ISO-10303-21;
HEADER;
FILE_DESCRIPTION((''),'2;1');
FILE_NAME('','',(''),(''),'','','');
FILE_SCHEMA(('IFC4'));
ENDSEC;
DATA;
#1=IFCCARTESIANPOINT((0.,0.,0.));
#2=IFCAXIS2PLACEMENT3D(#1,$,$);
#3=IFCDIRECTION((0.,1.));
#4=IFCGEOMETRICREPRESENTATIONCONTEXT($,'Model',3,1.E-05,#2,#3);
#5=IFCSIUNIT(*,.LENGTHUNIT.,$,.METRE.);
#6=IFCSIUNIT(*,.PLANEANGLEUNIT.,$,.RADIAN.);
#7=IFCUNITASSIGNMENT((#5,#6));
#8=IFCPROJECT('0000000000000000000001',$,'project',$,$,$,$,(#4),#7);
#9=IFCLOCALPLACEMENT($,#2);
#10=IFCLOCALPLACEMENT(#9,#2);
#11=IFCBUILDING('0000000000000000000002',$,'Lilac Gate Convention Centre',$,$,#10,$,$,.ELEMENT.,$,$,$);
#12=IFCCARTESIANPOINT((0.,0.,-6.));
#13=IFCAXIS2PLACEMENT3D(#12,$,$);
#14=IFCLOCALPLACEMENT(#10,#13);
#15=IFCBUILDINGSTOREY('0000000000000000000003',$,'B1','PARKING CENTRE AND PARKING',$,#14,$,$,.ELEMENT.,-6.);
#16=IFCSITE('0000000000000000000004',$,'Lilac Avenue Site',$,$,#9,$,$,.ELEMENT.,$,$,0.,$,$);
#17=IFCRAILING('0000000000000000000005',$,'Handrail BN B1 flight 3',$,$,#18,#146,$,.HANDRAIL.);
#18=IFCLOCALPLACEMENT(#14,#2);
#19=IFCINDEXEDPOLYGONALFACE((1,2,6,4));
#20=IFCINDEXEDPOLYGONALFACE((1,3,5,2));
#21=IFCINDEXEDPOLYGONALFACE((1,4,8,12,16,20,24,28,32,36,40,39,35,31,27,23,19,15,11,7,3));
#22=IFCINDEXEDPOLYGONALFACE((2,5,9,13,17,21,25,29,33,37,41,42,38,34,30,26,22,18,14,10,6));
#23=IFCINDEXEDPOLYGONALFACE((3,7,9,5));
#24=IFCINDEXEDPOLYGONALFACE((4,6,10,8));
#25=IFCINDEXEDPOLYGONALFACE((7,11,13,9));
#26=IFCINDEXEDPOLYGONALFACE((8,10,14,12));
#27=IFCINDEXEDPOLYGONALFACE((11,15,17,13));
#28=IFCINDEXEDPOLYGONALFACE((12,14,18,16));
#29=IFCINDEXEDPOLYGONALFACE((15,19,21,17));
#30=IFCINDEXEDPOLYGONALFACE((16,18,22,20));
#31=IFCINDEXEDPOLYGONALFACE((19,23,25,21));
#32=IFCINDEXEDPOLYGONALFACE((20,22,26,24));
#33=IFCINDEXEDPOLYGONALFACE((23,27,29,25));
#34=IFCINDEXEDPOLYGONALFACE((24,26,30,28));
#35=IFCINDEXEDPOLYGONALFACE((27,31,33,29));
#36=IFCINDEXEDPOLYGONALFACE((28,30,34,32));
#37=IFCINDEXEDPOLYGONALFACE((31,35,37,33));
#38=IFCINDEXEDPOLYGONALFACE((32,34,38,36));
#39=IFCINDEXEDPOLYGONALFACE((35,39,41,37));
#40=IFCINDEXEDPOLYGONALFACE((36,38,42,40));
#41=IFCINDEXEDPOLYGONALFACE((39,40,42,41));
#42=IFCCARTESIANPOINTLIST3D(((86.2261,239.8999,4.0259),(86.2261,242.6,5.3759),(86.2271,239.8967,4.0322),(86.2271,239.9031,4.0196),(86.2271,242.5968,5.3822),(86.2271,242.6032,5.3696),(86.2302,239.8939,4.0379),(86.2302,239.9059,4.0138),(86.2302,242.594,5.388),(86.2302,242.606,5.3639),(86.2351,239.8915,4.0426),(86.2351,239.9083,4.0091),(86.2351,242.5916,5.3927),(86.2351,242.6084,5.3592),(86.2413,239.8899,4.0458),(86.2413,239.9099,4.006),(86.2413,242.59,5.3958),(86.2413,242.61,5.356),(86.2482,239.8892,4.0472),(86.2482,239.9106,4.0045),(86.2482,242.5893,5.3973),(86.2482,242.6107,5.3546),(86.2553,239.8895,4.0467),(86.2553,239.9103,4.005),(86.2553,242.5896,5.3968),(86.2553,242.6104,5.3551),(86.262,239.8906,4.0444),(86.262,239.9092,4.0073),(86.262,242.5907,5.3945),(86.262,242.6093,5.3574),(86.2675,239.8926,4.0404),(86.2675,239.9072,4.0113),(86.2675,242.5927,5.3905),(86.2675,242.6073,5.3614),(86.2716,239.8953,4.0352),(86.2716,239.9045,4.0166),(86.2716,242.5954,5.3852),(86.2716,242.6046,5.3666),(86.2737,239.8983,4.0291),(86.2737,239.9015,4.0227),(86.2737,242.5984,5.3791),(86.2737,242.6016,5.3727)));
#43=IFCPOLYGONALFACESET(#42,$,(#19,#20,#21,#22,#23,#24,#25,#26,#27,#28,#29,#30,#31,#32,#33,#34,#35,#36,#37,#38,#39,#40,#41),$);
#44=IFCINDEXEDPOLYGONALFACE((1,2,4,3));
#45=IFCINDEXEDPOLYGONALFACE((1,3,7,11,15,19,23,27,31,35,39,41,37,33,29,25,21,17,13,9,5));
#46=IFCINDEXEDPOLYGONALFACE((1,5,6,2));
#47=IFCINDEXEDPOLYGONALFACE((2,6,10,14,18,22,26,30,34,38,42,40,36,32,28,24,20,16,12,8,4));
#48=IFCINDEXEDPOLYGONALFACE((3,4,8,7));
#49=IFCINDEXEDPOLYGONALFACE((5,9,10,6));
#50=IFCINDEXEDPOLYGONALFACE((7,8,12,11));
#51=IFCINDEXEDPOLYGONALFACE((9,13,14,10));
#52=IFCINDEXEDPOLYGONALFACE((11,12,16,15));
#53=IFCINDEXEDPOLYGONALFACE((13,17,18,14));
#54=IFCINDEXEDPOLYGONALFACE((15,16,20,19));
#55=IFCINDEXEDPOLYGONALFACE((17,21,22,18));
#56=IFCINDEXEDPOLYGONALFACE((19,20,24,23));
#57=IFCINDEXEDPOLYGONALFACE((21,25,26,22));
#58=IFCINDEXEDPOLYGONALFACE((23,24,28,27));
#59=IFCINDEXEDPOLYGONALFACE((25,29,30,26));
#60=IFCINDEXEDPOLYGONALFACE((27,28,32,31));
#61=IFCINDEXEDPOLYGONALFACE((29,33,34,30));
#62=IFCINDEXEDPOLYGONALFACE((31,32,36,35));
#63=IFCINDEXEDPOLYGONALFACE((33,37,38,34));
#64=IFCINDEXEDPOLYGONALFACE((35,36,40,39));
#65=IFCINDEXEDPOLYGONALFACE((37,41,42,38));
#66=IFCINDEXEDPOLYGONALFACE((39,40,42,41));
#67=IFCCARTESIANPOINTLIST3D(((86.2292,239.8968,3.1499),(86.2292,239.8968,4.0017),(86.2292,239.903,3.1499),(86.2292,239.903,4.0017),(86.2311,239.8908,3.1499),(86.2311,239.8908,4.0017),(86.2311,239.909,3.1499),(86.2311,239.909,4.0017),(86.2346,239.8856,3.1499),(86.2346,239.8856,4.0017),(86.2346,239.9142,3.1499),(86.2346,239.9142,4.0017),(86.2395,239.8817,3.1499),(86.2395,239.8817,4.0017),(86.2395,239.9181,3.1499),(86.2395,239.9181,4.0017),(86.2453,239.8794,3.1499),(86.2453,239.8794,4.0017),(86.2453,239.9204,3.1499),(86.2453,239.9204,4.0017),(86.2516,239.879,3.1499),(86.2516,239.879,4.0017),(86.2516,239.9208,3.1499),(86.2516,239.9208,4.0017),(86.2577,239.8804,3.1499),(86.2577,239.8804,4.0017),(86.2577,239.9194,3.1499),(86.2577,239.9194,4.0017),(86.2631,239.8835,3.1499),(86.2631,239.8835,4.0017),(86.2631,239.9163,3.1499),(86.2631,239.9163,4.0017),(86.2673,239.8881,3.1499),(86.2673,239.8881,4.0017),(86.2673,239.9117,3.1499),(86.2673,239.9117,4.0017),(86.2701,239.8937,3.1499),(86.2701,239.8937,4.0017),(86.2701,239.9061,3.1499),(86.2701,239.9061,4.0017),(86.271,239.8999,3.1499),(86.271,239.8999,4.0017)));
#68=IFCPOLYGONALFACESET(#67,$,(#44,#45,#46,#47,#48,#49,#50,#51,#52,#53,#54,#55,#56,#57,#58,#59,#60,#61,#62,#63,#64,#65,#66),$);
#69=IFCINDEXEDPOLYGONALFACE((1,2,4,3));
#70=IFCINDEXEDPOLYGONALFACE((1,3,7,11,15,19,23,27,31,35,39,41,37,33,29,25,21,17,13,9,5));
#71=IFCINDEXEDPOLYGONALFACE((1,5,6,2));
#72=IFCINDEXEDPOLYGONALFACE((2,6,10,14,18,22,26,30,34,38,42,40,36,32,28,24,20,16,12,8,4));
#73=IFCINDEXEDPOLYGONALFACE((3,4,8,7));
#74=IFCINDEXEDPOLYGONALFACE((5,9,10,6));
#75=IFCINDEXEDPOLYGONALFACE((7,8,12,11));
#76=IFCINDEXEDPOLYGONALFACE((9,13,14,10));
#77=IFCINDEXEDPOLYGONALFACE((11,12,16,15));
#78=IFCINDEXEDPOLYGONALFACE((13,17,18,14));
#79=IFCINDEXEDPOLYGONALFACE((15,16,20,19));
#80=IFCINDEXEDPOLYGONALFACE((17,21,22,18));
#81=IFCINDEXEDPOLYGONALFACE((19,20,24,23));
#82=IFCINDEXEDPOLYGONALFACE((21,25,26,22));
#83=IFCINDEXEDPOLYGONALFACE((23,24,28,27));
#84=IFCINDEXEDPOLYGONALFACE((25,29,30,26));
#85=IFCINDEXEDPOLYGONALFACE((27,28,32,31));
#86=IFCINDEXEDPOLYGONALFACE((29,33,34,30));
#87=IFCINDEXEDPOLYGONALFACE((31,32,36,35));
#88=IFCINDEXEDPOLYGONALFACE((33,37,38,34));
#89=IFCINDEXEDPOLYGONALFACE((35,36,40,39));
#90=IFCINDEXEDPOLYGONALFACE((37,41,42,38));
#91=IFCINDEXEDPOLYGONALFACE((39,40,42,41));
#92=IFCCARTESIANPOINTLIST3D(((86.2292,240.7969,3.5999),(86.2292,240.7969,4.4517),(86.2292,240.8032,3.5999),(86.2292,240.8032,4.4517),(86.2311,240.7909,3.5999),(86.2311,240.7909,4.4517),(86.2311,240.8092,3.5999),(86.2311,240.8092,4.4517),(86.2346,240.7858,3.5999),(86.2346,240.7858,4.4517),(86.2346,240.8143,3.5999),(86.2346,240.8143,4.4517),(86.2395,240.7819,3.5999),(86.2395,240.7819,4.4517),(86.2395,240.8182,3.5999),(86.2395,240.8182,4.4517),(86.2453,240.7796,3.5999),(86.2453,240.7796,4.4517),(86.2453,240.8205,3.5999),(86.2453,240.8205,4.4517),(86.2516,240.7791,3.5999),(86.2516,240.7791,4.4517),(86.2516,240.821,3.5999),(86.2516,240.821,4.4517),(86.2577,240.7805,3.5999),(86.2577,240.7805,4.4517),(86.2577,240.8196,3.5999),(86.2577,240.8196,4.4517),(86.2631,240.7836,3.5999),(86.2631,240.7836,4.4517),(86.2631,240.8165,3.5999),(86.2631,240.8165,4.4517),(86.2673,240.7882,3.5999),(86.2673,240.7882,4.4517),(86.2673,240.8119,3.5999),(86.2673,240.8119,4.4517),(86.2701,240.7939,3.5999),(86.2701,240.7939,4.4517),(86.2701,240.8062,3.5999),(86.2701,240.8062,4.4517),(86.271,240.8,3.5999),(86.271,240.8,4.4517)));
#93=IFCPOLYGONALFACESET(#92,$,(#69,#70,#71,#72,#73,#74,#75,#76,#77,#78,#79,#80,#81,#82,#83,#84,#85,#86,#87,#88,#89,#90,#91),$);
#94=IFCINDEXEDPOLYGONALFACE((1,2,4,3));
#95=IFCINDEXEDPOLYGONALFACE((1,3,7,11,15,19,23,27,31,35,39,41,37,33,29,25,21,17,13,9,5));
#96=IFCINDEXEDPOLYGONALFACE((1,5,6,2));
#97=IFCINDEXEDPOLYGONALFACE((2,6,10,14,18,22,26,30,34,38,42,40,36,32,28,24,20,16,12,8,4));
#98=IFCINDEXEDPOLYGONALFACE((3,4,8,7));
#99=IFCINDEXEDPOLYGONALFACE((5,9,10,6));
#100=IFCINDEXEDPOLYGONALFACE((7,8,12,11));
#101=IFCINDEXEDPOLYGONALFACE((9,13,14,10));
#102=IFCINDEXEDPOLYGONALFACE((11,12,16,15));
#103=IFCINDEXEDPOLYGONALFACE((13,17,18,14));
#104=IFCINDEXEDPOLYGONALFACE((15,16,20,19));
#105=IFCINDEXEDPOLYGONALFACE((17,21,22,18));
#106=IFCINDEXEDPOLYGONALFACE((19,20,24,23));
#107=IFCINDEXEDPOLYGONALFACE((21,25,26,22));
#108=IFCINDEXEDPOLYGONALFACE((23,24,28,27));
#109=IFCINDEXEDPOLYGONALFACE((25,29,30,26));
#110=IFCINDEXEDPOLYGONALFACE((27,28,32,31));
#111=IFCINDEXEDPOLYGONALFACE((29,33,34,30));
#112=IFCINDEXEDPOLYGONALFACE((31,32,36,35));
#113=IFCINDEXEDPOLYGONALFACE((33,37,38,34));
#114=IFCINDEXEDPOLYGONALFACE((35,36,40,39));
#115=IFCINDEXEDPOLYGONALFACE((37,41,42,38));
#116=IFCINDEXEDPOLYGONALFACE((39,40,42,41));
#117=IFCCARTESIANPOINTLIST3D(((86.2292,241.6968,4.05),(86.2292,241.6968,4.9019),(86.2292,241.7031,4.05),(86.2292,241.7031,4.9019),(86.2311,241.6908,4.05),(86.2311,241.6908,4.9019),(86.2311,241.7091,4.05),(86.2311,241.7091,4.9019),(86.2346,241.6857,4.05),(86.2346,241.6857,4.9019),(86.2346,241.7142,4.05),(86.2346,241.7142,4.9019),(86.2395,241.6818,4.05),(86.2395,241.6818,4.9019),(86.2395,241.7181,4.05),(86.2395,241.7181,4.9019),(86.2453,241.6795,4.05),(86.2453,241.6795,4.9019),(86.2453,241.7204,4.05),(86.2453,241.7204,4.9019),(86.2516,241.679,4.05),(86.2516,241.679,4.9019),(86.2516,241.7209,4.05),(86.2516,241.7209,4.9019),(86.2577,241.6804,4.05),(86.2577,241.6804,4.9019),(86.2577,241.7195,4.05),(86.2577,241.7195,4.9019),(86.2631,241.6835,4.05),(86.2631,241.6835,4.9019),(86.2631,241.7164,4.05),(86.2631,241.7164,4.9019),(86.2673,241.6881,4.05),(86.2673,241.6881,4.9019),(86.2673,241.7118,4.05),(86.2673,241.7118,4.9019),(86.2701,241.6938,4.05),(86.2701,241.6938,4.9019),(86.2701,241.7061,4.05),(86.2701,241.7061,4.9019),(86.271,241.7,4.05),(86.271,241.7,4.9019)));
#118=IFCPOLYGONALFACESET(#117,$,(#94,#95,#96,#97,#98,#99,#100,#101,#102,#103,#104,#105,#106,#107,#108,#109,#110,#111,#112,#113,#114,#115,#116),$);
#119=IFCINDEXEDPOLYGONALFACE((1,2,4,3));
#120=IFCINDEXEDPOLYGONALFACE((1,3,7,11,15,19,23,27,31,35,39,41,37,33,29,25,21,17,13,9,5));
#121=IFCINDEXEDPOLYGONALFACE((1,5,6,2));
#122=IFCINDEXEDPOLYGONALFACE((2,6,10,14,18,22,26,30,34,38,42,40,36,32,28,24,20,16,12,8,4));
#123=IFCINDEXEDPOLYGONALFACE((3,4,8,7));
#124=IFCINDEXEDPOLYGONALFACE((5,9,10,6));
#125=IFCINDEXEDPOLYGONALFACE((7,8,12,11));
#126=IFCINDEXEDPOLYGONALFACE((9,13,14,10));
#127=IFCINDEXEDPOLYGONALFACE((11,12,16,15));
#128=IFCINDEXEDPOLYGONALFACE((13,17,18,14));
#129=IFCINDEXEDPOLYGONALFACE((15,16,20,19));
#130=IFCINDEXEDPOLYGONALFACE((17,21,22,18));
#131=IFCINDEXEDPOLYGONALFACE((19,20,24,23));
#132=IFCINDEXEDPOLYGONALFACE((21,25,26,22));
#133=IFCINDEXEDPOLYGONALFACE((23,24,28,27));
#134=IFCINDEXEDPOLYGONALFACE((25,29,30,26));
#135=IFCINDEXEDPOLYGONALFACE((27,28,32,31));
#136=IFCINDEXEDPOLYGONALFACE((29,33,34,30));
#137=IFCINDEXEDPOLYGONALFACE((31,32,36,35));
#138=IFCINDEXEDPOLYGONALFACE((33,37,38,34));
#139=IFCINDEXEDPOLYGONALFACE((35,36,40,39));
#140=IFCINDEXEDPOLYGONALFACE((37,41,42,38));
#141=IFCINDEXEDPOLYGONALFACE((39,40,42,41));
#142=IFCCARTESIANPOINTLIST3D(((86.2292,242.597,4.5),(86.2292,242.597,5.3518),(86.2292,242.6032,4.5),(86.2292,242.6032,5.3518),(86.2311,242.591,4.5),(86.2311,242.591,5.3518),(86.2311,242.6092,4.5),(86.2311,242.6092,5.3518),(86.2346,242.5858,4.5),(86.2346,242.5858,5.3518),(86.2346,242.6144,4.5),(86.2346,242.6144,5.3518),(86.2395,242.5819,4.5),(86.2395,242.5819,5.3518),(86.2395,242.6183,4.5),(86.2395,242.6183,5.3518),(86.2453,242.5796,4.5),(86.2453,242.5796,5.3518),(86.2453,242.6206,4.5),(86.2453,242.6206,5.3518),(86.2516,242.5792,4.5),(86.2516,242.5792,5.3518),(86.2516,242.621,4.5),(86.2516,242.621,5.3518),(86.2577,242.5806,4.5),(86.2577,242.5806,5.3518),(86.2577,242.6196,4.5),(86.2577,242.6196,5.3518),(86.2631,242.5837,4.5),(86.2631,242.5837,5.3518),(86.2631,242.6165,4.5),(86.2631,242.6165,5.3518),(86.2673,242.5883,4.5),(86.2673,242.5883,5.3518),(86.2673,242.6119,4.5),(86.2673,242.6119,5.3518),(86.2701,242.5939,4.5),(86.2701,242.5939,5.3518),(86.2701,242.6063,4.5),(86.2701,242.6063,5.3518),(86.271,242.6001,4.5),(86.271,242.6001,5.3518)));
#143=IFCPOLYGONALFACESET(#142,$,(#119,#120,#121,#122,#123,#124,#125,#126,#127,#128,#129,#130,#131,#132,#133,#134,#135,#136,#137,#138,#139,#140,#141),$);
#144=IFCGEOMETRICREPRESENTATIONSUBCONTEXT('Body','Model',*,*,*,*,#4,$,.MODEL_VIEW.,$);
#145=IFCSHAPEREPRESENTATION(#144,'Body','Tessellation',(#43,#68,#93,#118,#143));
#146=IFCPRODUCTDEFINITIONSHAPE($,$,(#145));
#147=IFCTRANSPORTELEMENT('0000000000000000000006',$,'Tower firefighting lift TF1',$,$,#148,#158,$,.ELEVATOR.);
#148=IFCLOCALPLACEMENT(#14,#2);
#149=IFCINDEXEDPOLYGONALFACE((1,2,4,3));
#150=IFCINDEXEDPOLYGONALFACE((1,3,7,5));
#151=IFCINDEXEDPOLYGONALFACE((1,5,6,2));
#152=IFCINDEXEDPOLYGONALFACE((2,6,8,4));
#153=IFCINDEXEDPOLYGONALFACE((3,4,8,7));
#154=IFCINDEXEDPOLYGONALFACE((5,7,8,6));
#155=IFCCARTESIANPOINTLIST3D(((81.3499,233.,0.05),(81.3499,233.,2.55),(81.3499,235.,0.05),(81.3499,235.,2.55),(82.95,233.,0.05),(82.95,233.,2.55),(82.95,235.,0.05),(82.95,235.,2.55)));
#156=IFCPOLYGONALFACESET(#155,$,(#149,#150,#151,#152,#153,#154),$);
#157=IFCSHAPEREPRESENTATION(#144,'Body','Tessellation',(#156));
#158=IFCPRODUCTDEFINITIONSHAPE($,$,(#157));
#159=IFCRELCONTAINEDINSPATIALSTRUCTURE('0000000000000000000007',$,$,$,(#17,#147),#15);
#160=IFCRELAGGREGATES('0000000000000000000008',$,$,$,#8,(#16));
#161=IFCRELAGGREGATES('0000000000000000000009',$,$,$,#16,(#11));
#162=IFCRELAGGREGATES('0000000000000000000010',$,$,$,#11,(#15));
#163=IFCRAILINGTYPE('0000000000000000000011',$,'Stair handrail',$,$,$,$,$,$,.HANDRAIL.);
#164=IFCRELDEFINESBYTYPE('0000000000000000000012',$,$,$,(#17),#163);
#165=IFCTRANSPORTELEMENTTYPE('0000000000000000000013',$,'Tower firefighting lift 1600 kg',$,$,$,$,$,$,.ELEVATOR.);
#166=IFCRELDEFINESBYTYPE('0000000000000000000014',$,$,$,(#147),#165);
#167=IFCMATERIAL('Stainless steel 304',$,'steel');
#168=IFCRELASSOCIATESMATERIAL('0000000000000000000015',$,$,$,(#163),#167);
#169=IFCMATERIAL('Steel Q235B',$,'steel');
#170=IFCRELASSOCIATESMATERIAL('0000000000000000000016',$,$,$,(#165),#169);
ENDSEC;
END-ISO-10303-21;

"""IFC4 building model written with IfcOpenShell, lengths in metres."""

from ifc_helpers import new_model, si_unit, direction, frame, origin, origin_2d, place, context, subcontext, project, spatial, rectangle, circle, extrude, material, type_object, element, save


model = new_model("IFC4")

# Units and contexts
model_context = context("Model", 3, precision=1e-05, world=origin(), true_north=direction((0.0, 1.0)))
body_context = subcontext(model_context, "Body", "Model", "MODEL_VIEW")
ifc_project = project(units=[si_unit("LENGTHUNIT", "METRE"), si_unit("PLANEANGLEUNIT", "RADIAN")], contexts=[model_context])

# Site, building, storey
site_placement = place(None, origin())
site = spatial("IfcSite", under=ifc_project, at=site_placement, Name="Lilac Avenue Site", CompositionType="ELEMENT", RefElevation=0.0)
building_placement = place(site_placement, origin())
building = spatial("IfcBuilding", under=site, at=building_placement, Name="Lilac Gate Convention Centre", CompositionType="ELEMENT")
storey_placement = place(building_placement, frame((0.0, 0.0, -6.0)))
storey = spatial("IfcBuildingStorey", under=building, at=storey_placement, Name="B1", Description="PARKING CENTRE AND PARKING", CompositionType="ELEMENT", Elevation=-6.0)

# Shared definitions
ifc_material_1 = material(Name="Steel Q235B", Category="steel")

# Railing
ifc_material_2 = material(Name="Stainless steel 304", Category="steel")
railing_type_1 = type_object("IfcRailingType", Name="Stair handrail", PredefinedType="HANDRAIL", material=ifc_material_2)
for number, where, name in (
    (1, (86.25, 239.8999, 3.1499), "Handrail BN B1 flight 3"),
):
    element("IfcRailing", number, at=place(storey_placement, frame(where)), inside=storey, type_object=railing_type_1, Name=name, PredefinedType="HANDRAIL", context=body_context, shape_type="SweptSolid", body=[
        extrude(circle(Radius=0.0239, at=origin_2d()), frame((0.0, 0.0, 0.876), z_axis=(0.0, 0.894427, 0.447214), x_axis=(-1.0, 0.0, 0.0)), (0.0, 0.0, 1.0), 3.0188),
        extrude(circle(Radius=0.021, at=origin_2d()), origin(), (0.0, 0.0, 1.0), 0.8518),
        extrude(circle(Radius=0.021, at=origin_2d()), frame((0.0, 0.9001, 0.45)), (0.0, 0.0, 1.0), 0.8518),
        extrude(circle(Radius=0.021, at=origin_2d()), frame((0.0, 1.8, 0.9001)), (0.0, 0.0, 1.0), 0.8518),
        extrude(circle(Radius=0.021, at=origin_2d()), frame((0.0, 2.7002, 1.3501)), (0.0, 0.0, 1.0), 0.8518),
    ])

# Transport element
transport_element_type = type_object("IfcTransportElementType", Name="Tower firefighting lift 1600 kg", PredefinedType="ELEVATOR", material=ifc_material_1)
transport_element_placement = place(storey_placement, frame((82.1499, 234.0, 0.05), z_axis=(0.0, 0.0, 1.0), x_axis=(1.0, 0.0, 0.0)))
element("IfcTransportElement", 2, at=transport_element_placement, inside=storey, type_object=transport_element_type, Name="Tower firefighting lift TF1", PredefinedType="ELEVATOR", context=body_context, shape_type="SweptSolid", body=[
    extrude(rectangle(XDim=1.6001, YDim=2.0, at=origin_2d()), origin(), (0.0, 0.0, 1.0), 2.5),
])

save(model, "model.ifc")
